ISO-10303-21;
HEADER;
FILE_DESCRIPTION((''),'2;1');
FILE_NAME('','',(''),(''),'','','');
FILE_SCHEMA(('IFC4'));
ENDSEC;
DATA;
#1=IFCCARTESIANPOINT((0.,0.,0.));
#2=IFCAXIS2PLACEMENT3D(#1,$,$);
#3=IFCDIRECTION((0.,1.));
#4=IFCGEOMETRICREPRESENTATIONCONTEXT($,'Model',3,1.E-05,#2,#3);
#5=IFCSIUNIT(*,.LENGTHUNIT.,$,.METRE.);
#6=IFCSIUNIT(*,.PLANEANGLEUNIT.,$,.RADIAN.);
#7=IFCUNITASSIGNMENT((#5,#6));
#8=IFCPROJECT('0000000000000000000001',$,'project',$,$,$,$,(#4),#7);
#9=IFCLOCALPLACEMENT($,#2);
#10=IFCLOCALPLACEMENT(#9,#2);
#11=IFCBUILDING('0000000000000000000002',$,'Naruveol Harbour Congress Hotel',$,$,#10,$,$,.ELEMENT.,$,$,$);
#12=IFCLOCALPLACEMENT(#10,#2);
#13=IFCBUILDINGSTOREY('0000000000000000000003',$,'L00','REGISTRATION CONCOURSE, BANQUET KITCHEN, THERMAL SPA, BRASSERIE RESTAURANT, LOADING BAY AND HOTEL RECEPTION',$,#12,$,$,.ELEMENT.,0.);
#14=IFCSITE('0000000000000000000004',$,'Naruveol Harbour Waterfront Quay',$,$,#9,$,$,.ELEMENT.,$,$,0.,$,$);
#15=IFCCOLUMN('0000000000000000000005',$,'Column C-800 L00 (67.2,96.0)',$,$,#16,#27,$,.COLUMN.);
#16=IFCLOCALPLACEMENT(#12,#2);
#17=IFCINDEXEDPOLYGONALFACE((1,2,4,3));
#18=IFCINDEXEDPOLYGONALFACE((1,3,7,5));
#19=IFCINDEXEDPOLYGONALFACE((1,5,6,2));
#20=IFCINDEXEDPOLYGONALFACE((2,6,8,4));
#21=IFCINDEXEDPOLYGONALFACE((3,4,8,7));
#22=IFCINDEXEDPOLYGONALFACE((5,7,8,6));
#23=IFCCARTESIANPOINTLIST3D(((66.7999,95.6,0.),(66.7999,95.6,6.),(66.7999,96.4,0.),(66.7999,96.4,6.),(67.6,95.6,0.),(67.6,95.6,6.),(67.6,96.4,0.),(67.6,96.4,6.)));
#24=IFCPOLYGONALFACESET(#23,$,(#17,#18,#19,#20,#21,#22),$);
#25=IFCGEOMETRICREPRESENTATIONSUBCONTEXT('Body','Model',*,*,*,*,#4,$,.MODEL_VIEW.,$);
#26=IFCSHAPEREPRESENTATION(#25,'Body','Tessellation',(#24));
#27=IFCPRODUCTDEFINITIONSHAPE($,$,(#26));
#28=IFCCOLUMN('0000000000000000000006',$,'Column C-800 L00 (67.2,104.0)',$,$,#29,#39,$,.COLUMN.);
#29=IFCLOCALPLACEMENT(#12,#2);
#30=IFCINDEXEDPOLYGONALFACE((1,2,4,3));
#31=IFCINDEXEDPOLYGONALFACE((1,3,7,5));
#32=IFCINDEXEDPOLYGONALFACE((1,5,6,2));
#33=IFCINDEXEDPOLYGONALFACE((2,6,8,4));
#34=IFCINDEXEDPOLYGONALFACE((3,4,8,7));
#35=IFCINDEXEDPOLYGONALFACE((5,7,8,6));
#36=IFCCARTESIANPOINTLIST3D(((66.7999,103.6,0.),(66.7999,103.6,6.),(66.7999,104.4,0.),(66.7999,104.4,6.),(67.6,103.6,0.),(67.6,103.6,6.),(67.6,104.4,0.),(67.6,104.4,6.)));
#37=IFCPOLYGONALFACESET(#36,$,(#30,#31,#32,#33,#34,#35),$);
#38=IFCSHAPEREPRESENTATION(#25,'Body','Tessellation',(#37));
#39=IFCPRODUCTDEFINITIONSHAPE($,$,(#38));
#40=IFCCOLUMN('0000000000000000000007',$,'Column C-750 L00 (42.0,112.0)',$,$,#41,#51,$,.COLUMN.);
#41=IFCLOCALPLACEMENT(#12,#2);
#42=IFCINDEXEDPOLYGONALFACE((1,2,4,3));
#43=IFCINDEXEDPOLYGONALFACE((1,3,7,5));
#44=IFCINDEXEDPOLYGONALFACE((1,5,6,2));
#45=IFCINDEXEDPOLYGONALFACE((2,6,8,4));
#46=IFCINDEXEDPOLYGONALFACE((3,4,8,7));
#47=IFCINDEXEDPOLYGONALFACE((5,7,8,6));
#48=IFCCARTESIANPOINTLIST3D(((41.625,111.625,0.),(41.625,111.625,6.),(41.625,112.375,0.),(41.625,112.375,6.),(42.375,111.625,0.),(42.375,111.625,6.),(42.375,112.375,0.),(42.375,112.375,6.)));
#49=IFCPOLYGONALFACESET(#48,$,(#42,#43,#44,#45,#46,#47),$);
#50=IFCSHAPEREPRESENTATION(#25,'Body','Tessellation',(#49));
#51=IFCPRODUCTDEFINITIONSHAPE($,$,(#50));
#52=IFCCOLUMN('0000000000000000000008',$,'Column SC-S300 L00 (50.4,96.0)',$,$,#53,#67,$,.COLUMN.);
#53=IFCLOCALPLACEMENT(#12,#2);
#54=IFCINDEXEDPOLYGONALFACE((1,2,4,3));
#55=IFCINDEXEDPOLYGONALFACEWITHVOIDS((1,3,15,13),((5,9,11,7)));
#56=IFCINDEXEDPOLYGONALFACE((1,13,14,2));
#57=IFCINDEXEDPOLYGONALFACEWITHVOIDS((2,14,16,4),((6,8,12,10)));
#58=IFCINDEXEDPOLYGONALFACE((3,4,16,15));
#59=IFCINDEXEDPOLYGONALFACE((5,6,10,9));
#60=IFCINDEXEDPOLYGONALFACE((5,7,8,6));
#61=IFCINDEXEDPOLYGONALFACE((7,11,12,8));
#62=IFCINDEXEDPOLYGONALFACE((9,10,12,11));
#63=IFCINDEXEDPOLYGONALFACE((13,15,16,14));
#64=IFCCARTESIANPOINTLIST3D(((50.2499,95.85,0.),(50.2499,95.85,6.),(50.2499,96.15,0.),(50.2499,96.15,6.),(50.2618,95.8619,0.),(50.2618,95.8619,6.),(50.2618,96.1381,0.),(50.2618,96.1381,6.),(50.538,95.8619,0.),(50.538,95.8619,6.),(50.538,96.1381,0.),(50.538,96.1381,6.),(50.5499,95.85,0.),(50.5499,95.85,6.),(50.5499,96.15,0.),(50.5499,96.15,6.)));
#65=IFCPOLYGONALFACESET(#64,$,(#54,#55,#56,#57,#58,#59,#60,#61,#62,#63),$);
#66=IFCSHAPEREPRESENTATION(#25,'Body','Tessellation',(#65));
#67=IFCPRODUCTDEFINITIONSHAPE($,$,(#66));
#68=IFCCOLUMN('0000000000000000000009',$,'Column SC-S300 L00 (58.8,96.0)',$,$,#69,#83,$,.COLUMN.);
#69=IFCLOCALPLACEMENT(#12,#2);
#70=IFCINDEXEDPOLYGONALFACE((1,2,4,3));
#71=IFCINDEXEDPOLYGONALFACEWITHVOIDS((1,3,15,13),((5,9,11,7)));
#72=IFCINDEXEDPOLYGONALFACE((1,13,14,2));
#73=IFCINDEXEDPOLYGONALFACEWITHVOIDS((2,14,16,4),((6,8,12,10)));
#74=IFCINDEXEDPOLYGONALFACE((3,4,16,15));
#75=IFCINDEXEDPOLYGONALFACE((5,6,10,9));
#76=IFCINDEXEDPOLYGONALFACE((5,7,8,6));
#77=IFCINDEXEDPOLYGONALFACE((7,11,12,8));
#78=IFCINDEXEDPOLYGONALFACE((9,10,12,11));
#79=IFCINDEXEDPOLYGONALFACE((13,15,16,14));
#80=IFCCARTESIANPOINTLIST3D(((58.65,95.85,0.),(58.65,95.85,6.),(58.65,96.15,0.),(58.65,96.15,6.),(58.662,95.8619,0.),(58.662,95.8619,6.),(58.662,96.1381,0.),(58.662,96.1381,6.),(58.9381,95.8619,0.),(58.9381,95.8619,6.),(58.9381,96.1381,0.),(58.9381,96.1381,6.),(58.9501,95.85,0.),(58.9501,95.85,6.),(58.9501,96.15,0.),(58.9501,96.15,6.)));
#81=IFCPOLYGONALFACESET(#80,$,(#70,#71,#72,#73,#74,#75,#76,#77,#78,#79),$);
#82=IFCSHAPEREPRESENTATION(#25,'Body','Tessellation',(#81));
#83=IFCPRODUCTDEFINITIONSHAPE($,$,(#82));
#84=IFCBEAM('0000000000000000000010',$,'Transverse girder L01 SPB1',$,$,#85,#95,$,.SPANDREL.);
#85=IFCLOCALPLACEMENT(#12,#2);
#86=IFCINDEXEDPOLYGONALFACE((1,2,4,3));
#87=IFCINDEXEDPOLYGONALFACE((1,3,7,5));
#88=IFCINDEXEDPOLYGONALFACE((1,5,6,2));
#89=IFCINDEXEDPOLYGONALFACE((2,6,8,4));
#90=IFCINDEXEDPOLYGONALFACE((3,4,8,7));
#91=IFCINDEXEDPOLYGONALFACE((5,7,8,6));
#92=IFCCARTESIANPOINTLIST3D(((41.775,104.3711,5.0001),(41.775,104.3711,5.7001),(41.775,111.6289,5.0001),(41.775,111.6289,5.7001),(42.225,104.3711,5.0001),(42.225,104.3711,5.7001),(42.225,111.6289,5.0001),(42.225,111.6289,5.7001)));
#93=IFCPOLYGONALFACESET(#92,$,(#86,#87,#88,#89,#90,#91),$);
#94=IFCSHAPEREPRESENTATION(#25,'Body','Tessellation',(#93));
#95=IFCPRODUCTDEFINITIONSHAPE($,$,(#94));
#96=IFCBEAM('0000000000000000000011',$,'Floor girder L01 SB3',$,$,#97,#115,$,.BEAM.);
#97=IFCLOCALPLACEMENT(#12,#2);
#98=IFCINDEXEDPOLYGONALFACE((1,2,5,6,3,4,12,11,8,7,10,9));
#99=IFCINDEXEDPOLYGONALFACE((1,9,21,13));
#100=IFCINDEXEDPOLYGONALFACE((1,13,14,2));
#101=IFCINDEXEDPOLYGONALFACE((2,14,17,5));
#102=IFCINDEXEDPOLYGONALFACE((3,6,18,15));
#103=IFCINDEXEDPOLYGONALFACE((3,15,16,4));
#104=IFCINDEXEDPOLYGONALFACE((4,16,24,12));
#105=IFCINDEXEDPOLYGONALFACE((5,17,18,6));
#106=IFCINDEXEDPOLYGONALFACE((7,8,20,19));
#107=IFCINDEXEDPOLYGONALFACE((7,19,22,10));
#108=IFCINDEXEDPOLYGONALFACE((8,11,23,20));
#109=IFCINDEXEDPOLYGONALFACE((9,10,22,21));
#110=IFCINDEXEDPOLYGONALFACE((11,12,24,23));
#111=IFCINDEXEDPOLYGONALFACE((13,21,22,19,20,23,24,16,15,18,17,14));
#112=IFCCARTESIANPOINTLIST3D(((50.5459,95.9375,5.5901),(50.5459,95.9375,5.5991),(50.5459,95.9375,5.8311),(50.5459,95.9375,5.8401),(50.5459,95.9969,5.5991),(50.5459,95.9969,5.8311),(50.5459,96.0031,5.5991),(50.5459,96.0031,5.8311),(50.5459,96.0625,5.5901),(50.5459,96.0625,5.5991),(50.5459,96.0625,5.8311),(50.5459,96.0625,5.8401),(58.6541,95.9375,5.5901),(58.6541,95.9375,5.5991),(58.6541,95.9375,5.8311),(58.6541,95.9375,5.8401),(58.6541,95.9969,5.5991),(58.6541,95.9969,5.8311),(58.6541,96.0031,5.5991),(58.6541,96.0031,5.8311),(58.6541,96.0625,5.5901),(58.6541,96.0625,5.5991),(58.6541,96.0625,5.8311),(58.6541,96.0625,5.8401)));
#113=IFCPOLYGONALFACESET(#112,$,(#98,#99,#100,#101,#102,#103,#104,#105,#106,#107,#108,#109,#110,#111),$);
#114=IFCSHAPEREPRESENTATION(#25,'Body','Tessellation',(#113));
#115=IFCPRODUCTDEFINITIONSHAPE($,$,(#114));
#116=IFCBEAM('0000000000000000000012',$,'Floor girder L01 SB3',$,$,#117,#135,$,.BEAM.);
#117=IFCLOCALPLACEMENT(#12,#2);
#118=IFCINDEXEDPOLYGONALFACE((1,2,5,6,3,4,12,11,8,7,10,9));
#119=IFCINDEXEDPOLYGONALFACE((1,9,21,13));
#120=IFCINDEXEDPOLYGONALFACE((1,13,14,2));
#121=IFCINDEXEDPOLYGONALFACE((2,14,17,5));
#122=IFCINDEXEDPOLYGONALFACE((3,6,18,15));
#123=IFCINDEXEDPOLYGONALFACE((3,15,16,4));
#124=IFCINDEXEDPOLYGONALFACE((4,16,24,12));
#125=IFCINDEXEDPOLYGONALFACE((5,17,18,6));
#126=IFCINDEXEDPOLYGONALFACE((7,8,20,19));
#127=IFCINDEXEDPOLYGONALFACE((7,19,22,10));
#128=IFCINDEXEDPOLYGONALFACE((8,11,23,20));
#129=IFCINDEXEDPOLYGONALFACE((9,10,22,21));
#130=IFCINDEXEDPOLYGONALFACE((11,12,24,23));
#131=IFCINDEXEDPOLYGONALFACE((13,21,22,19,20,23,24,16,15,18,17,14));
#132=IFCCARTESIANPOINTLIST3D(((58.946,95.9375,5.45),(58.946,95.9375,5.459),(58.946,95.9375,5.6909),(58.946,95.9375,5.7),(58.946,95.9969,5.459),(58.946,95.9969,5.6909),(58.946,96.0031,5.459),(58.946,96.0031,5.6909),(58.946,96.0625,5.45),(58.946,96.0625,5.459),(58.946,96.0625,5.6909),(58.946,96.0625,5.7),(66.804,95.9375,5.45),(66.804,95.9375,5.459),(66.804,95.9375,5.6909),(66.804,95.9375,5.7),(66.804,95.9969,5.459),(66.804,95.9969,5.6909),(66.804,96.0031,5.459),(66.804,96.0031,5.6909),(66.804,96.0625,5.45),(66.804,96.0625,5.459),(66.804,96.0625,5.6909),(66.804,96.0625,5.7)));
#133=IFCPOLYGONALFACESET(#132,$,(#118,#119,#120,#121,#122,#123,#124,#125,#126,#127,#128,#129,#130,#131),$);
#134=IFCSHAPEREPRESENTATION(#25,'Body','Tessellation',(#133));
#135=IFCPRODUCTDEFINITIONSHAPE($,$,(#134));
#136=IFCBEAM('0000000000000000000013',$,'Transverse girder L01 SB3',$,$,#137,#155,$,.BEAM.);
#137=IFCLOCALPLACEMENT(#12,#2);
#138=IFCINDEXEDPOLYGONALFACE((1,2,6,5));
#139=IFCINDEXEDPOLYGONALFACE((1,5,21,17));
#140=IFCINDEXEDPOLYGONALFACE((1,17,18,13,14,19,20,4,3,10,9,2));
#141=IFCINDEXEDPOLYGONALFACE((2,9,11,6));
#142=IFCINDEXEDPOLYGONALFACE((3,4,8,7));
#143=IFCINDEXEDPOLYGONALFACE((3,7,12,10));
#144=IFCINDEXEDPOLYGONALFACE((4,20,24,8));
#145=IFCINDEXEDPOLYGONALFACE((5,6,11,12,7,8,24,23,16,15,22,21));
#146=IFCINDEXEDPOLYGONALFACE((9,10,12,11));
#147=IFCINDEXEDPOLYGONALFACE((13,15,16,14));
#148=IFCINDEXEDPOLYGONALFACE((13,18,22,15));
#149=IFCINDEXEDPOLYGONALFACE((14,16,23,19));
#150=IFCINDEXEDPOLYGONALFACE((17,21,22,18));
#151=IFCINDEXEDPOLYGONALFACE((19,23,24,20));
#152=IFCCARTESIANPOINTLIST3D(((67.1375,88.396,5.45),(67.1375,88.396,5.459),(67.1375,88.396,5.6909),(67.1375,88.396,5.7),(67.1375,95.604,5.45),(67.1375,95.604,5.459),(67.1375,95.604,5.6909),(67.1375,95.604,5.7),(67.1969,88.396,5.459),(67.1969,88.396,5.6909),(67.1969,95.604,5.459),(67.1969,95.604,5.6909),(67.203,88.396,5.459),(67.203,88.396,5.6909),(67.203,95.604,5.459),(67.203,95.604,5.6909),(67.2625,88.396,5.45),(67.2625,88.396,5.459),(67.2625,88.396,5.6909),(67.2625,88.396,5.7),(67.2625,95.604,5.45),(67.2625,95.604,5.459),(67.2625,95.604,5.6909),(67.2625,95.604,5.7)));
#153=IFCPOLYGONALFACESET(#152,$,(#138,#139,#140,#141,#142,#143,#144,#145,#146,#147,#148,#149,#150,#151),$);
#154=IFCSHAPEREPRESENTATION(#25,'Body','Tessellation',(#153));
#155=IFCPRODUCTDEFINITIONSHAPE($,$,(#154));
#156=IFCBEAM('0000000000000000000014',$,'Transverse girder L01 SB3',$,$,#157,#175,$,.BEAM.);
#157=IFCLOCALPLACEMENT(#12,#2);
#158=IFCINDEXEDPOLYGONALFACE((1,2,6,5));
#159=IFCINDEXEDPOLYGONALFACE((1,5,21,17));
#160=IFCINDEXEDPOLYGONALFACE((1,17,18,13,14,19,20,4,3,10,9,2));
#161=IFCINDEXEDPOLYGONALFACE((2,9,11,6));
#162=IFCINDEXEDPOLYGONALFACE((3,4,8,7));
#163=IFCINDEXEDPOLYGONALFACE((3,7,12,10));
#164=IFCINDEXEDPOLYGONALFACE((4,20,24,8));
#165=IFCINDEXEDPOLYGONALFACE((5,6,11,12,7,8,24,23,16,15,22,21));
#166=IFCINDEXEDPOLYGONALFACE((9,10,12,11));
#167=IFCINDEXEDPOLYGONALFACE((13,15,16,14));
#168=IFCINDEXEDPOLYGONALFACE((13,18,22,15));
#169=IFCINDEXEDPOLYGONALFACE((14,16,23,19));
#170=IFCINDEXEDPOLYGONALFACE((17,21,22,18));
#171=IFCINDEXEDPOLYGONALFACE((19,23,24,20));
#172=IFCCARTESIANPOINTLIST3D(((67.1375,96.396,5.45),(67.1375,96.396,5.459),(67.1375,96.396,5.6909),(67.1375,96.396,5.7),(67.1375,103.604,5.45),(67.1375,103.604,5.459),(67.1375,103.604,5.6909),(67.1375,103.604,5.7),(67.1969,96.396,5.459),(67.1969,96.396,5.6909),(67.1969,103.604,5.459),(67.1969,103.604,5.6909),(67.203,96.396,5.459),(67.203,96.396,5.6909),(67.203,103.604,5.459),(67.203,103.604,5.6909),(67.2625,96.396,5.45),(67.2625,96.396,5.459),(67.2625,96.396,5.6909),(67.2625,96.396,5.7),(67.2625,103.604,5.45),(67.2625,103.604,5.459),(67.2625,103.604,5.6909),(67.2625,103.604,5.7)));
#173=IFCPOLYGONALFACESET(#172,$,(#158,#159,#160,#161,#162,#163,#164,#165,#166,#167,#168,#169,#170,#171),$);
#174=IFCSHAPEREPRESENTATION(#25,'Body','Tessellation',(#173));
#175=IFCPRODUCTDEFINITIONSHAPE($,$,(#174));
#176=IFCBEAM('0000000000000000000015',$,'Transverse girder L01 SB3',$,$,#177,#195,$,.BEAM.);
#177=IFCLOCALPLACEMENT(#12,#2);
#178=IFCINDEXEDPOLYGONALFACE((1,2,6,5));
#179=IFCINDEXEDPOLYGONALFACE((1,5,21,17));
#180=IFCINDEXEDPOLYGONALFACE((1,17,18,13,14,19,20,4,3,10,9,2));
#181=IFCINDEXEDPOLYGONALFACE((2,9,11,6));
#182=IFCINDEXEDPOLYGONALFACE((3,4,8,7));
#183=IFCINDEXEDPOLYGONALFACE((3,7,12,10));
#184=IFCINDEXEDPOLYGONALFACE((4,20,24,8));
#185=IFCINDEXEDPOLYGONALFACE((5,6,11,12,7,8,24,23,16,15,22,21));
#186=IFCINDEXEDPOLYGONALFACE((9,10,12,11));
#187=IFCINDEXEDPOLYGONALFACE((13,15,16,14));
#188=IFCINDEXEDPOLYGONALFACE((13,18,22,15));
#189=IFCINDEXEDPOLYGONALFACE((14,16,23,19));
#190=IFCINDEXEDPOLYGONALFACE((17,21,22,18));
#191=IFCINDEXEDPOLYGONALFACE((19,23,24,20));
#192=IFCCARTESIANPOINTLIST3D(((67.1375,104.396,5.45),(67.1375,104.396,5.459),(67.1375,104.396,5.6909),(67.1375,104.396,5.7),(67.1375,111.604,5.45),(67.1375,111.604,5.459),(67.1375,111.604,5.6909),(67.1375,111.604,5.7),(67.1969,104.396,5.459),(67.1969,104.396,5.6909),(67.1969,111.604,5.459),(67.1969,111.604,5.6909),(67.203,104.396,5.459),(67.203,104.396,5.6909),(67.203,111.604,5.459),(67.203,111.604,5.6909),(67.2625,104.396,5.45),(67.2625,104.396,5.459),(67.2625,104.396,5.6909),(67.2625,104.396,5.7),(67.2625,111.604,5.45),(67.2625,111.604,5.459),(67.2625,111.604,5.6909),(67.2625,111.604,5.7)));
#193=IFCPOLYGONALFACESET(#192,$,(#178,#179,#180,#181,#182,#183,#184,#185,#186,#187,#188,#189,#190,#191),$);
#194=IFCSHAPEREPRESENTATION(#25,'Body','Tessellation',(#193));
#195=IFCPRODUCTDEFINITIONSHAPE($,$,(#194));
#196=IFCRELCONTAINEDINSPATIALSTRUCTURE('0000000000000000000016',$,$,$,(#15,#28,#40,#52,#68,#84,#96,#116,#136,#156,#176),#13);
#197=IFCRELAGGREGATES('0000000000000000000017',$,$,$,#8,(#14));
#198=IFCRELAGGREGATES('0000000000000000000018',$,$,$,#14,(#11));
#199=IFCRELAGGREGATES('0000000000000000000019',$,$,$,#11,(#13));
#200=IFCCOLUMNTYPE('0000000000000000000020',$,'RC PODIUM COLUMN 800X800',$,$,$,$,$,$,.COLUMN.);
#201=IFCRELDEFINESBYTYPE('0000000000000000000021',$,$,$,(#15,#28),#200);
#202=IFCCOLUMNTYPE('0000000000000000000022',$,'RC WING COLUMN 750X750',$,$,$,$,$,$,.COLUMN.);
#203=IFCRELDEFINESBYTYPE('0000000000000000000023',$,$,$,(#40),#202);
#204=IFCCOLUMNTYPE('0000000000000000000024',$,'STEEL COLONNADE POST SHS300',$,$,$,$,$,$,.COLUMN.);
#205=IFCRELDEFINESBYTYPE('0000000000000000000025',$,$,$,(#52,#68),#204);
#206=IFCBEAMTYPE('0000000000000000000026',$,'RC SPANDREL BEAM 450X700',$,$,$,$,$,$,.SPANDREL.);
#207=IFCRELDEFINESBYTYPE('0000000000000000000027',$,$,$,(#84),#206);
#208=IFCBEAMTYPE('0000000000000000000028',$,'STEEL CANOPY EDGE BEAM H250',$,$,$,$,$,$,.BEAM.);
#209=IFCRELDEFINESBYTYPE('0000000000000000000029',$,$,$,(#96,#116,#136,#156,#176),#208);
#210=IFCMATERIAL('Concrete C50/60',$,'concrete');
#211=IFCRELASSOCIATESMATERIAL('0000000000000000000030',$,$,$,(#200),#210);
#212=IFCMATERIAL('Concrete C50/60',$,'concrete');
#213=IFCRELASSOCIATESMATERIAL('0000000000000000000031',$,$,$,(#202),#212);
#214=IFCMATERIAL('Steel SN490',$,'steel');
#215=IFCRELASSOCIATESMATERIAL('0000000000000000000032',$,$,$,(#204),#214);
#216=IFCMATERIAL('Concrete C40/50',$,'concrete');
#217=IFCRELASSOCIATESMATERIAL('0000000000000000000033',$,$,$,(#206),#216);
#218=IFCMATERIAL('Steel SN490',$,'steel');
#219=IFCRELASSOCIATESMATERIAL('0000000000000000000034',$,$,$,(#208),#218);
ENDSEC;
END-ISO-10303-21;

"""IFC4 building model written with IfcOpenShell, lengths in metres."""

from ifc_helpers import new_model, si_unit, direction, frame, origin, origin_2d, place, context, subcontext, project, spatial, rectangle, hollow_rectangle, i_section, extrude, material, material_profile, profile_set, type_object, element, save


model = new_model("IFC4")

# Units and contexts
model_context = context("Model", 3, precision=1e-05, world=origin(), true_north=direction((0.0, 1.0)))
body_context = subcontext(model_context, "Body", "Model", "MODEL_VIEW")
ifc_project = project(units=[si_unit("LENGTHUNIT", "METRE"), si_unit("PLANEANGLEUNIT", "RADIAN")], contexts=[model_context])

# Site, building, storey
site_placement = place(None, origin())
site = spatial("IfcSite", under=ifc_project, at=site_placement, Name="Naruveol Harbour Waterfront Quay", CompositionType="ELEMENT", RefElevation=0.0)
building_placement = place(site_placement, origin())
building = spatial("IfcBuilding", under=site, at=building_placement, Name="Naruveol Harbour Congress Hotel", CompositionType="ELEMENT")
storey_placement = place(building_placement, origin())
storey = spatial("IfcBuildingStorey", under=building, at=storey_placement, Name="L00", Description="REGISTRATION CONCOURSE, BANQUET KITCHEN, THERMAL SPA, BRASSERIE RESTAURANT, LOADING BAY AND HOTEL RECEPTION", CompositionType="ELEMENT", Elevation=0.0)

# Columns
ifc_material_1 = material(Name="Concrete C50/60", Category="concrete")
ifc_material_profile_1 = material_profile(ifc_material_1, rectangle(XDim=0.8, YDim=0.8, at=origin_2d()), Name="RC-800x800")
ifc_profile_set_1 = profile_set([ifc_material_profile_1], Name="Concrete C50/60")
column_type_1 = type_object("IfcColumnType", Name="RC PODIUM COLUMN 800X800", PredefinedType="COLUMN", material=ifc_profile_set_1)
for number, where, z_axis, x_axis, name in (
    (1, (67.2, 96.0, 0.0), (0.0, 0.0, 1.0), (1.0, 0.0, 0.0), "Column C-800 L00 (67.2,96.0)"),
    (2, (67.2, 104.0, 0.0), (0.0, 0.0, 1.0), (1.0, 0.0, 0.0), "Column C-800 L00 (67.2,104.0)"),
):
    element("IfcColumn", number, at=place(storey_placement, frame(where, z_axis=z_axis, x_axis=x_axis)), inside=storey, type_object=column_type_1, Name=name, PredefinedType="COLUMN", context=body_context, shape_type="SweptSolid", body=[
        extrude(rectangle(XDim=0.8, YDim=0.8, at=origin_2d()), origin(), (0.0, 0.0, 1.0), 6.0),
    ])
ifc_material_2 = material(Name="Concrete C50/60", Category="concrete")
ifc_material_profile_2 = material_profile(ifc_material_2, rectangle(XDim=0.75, YDim=0.75, at=origin_2d()), Name="RC-750x750")
ifc_profile_set_2 = profile_set([ifc_material_profile_2], Name="Concrete C50/60")
column_type_2 = type_object("IfcColumnType", Name="RC WING COLUMN 750X750", PredefinedType="COLUMN", material=ifc_profile_set_2)
column_placement = place(storey_placement, frame((42.0, 112.0, 0.0), z_axis=(0.0, 0.0, 1.0), x_axis=(1.0, 0.0, 0.0)))
element("IfcColumn", 3, at=column_placement, inside=storey, type_object=column_type_2, Name="Column C-750 L00 (42.0,112.0)", PredefinedType="COLUMN", context=body_context, shape_type="SweptSolid", body=[
    extrude(rectangle(XDim=0.75, YDim=0.75, at=origin_2d()), origin(), (0.0, 0.0, 1.0), 6.0),
])
ifc_material_3 = material(Name="Steel SN490", Category="steel")
ifc_material_profile_3 = material_profile(ifc_material_3, hollow_rectangle(XDim=0.3, YDim=0.3, WallThickness=0.012, at=origin_2d()), Name="SHS-300x300x12")
ifc_profile_set_3 = profile_set([ifc_material_profile_3], Name="Steel SN490")
column_type_3 = type_object("IfcColumnType", Name="STEEL COLONNADE POST SHS300", PredefinedType="COLUMN", material=ifc_profile_set_3)
for number, where, z_axis, x_axis, name in (
    (4, (50.3999, 96.0, 0.0), (0.0, 0.0, 1.0), (1.0, 0.0, 0.0), "Column SC-S300 L00 (50.4,96.0)"),
    (5, (58.8, 96.0, 0.0), (0.0, 0.0, 1.0), (1.0, 0.0, 0.0), "Column SC-S300 L00 (58.8,96.0)"),
):
    element("IfcColumn", number, at=place(storey_placement, frame(where, z_axis=z_axis, x_axis=x_axis)), inside=storey, type_object=column_type_3, Name=name, PredefinedType="COLUMN", context=body_context, shape_type="SweptSolid", body=[
        extrude(hollow_rectangle(XDim=0.3, YDim=0.3, WallThickness=0.012, at=origin_2d()), origin(), (0.0, 0.0, 1.0), 6.0),
    ])

# Beams
ifc_material_4 = material(Name="Concrete C40/50", Category="concrete")
ifc_material_profile_4 = material_profile(ifc_material_4, rectangle(XDim=0.45, YDim=0.7, at=origin_2d()), Name="RCB-450x700")
ifc_profile_set_4 = profile_set([ifc_material_profile_4], Name="Concrete C40/50")
beam_type_1 = type_object("IfcBeamType", Name="RC SPANDREL BEAM 450X700", PredefinedType="SPANDREL", material=ifc_profile_set_4)
beam_1_placement = place(storey_placement, frame((42.0, 104.3711, 5.3501), z_axis=(0.0, 1.0, 0.0), x_axis=(-1.0, 0.0, 0.0)))
element("IfcBeam", 6, at=beam_1_placement, inside=storey, type_object=beam_type_1, Name="Transverse girder L01 SPB1", PredefinedType="SPANDREL", context=body_context, shape_type="SweptSolid", body=[
    extrude(rectangle(XDim=0.45, YDim=0.7, at=origin_2d()), origin(), (0.0, 0.0, 1.0), 7.2578),
])
ifc_material_5 = material(Name="Steel SN490", Category="steel")
ifc_material_profile_5 = material_profile(ifc_material_5, i_section(OverallWidth=0.125, OverallDepth=0.25, WebThickness=0.0061, FlangeThickness=0.009, at=origin_2d()), Name="H-250x125x6x9")
ifc_profile_set_5 = profile_set([ifc_material_profile_5], Name="Steel SN490")
beam_type_2 = type_object("IfcBeamType", Name="STEEL CANOPY EDGE BEAM H250", PredefinedType="BEAM", material=ifc_profile_set_5)
beam_2_placement = place(storey_placement, frame((50.5459, 96.0, 5.7151), z_axis=(1.0, 0.0, 0.0), x_axis=(0.0, 1.0, 0.0)))
element("IfcBeam", 7, at=beam_2_placement, inside=storey, type_object=beam_type_2, Name="Floor girder L01 SB3", PredefinedType="BEAM", context=body_context, shape_type="SweptSolid", body=[
    extrude(i_section(OverallWidth=0.125, OverallDepth=0.25, WebThickness=0.0061, FlangeThickness=0.009, at=origin_2d()), origin(), (0.0, 0.0, 1.0), 8.1082),
])
beam_3_placement = place(storey_placement, frame((58.946, 96.0, 5.575), z_axis=(1.0, 0.0, 0.0), x_axis=(0.0, 1.0, 0.0)))
element("IfcBeam", 8, at=beam_3_placement, inside=storey, type_object=beam_type_2, Name="Floor girder L01 SB3", PredefinedType="BEAM", context=body_context, shape_type="SweptSolid", body=[
    extrude(i_section(OverallWidth=0.125, OverallDepth=0.25, WebThickness=0.0061, FlangeThickness=0.009, at=origin_2d()), origin(), (0.0, 0.0, 1.0), 7.8579),
])
for number, where, z_axis, x_axis, name in (
    (9, (67.2, 88.396, 5.575), (0.0, 1.0, 0.0), (-1.0, 0.0, 0.0), "Transverse girder L01 SB3"),
    (10, (67.2, 96.396, 5.575), (0.0, 1.0, 0.0), (-1.0, 0.0, 0.0), "Transverse girder L01 SB3"),
    (11, (67.2, 104.396, 5.575), (0.0, 1.0, 0.0), (-1.0, 0.0, 0.0), "Transverse girder L01 SB3"),
):
    element("IfcBeam", number, at=place(storey_placement, frame(where, z_axis=z_axis, x_axis=x_axis)), inside=storey, type_object=beam_type_2, Name=name, PredefinedType="BEAM", context=body_context, shape_type="SweptSolid", body=[
        extrude(i_section(OverallWidth=0.125, OverallDepth=0.25, WebThickness=0.0061, FlangeThickness=0.009, at=origin_2d()), origin(), (0.0, 0.0, 1.0), 7.208),
    ])

save(model, "model.ifc")
